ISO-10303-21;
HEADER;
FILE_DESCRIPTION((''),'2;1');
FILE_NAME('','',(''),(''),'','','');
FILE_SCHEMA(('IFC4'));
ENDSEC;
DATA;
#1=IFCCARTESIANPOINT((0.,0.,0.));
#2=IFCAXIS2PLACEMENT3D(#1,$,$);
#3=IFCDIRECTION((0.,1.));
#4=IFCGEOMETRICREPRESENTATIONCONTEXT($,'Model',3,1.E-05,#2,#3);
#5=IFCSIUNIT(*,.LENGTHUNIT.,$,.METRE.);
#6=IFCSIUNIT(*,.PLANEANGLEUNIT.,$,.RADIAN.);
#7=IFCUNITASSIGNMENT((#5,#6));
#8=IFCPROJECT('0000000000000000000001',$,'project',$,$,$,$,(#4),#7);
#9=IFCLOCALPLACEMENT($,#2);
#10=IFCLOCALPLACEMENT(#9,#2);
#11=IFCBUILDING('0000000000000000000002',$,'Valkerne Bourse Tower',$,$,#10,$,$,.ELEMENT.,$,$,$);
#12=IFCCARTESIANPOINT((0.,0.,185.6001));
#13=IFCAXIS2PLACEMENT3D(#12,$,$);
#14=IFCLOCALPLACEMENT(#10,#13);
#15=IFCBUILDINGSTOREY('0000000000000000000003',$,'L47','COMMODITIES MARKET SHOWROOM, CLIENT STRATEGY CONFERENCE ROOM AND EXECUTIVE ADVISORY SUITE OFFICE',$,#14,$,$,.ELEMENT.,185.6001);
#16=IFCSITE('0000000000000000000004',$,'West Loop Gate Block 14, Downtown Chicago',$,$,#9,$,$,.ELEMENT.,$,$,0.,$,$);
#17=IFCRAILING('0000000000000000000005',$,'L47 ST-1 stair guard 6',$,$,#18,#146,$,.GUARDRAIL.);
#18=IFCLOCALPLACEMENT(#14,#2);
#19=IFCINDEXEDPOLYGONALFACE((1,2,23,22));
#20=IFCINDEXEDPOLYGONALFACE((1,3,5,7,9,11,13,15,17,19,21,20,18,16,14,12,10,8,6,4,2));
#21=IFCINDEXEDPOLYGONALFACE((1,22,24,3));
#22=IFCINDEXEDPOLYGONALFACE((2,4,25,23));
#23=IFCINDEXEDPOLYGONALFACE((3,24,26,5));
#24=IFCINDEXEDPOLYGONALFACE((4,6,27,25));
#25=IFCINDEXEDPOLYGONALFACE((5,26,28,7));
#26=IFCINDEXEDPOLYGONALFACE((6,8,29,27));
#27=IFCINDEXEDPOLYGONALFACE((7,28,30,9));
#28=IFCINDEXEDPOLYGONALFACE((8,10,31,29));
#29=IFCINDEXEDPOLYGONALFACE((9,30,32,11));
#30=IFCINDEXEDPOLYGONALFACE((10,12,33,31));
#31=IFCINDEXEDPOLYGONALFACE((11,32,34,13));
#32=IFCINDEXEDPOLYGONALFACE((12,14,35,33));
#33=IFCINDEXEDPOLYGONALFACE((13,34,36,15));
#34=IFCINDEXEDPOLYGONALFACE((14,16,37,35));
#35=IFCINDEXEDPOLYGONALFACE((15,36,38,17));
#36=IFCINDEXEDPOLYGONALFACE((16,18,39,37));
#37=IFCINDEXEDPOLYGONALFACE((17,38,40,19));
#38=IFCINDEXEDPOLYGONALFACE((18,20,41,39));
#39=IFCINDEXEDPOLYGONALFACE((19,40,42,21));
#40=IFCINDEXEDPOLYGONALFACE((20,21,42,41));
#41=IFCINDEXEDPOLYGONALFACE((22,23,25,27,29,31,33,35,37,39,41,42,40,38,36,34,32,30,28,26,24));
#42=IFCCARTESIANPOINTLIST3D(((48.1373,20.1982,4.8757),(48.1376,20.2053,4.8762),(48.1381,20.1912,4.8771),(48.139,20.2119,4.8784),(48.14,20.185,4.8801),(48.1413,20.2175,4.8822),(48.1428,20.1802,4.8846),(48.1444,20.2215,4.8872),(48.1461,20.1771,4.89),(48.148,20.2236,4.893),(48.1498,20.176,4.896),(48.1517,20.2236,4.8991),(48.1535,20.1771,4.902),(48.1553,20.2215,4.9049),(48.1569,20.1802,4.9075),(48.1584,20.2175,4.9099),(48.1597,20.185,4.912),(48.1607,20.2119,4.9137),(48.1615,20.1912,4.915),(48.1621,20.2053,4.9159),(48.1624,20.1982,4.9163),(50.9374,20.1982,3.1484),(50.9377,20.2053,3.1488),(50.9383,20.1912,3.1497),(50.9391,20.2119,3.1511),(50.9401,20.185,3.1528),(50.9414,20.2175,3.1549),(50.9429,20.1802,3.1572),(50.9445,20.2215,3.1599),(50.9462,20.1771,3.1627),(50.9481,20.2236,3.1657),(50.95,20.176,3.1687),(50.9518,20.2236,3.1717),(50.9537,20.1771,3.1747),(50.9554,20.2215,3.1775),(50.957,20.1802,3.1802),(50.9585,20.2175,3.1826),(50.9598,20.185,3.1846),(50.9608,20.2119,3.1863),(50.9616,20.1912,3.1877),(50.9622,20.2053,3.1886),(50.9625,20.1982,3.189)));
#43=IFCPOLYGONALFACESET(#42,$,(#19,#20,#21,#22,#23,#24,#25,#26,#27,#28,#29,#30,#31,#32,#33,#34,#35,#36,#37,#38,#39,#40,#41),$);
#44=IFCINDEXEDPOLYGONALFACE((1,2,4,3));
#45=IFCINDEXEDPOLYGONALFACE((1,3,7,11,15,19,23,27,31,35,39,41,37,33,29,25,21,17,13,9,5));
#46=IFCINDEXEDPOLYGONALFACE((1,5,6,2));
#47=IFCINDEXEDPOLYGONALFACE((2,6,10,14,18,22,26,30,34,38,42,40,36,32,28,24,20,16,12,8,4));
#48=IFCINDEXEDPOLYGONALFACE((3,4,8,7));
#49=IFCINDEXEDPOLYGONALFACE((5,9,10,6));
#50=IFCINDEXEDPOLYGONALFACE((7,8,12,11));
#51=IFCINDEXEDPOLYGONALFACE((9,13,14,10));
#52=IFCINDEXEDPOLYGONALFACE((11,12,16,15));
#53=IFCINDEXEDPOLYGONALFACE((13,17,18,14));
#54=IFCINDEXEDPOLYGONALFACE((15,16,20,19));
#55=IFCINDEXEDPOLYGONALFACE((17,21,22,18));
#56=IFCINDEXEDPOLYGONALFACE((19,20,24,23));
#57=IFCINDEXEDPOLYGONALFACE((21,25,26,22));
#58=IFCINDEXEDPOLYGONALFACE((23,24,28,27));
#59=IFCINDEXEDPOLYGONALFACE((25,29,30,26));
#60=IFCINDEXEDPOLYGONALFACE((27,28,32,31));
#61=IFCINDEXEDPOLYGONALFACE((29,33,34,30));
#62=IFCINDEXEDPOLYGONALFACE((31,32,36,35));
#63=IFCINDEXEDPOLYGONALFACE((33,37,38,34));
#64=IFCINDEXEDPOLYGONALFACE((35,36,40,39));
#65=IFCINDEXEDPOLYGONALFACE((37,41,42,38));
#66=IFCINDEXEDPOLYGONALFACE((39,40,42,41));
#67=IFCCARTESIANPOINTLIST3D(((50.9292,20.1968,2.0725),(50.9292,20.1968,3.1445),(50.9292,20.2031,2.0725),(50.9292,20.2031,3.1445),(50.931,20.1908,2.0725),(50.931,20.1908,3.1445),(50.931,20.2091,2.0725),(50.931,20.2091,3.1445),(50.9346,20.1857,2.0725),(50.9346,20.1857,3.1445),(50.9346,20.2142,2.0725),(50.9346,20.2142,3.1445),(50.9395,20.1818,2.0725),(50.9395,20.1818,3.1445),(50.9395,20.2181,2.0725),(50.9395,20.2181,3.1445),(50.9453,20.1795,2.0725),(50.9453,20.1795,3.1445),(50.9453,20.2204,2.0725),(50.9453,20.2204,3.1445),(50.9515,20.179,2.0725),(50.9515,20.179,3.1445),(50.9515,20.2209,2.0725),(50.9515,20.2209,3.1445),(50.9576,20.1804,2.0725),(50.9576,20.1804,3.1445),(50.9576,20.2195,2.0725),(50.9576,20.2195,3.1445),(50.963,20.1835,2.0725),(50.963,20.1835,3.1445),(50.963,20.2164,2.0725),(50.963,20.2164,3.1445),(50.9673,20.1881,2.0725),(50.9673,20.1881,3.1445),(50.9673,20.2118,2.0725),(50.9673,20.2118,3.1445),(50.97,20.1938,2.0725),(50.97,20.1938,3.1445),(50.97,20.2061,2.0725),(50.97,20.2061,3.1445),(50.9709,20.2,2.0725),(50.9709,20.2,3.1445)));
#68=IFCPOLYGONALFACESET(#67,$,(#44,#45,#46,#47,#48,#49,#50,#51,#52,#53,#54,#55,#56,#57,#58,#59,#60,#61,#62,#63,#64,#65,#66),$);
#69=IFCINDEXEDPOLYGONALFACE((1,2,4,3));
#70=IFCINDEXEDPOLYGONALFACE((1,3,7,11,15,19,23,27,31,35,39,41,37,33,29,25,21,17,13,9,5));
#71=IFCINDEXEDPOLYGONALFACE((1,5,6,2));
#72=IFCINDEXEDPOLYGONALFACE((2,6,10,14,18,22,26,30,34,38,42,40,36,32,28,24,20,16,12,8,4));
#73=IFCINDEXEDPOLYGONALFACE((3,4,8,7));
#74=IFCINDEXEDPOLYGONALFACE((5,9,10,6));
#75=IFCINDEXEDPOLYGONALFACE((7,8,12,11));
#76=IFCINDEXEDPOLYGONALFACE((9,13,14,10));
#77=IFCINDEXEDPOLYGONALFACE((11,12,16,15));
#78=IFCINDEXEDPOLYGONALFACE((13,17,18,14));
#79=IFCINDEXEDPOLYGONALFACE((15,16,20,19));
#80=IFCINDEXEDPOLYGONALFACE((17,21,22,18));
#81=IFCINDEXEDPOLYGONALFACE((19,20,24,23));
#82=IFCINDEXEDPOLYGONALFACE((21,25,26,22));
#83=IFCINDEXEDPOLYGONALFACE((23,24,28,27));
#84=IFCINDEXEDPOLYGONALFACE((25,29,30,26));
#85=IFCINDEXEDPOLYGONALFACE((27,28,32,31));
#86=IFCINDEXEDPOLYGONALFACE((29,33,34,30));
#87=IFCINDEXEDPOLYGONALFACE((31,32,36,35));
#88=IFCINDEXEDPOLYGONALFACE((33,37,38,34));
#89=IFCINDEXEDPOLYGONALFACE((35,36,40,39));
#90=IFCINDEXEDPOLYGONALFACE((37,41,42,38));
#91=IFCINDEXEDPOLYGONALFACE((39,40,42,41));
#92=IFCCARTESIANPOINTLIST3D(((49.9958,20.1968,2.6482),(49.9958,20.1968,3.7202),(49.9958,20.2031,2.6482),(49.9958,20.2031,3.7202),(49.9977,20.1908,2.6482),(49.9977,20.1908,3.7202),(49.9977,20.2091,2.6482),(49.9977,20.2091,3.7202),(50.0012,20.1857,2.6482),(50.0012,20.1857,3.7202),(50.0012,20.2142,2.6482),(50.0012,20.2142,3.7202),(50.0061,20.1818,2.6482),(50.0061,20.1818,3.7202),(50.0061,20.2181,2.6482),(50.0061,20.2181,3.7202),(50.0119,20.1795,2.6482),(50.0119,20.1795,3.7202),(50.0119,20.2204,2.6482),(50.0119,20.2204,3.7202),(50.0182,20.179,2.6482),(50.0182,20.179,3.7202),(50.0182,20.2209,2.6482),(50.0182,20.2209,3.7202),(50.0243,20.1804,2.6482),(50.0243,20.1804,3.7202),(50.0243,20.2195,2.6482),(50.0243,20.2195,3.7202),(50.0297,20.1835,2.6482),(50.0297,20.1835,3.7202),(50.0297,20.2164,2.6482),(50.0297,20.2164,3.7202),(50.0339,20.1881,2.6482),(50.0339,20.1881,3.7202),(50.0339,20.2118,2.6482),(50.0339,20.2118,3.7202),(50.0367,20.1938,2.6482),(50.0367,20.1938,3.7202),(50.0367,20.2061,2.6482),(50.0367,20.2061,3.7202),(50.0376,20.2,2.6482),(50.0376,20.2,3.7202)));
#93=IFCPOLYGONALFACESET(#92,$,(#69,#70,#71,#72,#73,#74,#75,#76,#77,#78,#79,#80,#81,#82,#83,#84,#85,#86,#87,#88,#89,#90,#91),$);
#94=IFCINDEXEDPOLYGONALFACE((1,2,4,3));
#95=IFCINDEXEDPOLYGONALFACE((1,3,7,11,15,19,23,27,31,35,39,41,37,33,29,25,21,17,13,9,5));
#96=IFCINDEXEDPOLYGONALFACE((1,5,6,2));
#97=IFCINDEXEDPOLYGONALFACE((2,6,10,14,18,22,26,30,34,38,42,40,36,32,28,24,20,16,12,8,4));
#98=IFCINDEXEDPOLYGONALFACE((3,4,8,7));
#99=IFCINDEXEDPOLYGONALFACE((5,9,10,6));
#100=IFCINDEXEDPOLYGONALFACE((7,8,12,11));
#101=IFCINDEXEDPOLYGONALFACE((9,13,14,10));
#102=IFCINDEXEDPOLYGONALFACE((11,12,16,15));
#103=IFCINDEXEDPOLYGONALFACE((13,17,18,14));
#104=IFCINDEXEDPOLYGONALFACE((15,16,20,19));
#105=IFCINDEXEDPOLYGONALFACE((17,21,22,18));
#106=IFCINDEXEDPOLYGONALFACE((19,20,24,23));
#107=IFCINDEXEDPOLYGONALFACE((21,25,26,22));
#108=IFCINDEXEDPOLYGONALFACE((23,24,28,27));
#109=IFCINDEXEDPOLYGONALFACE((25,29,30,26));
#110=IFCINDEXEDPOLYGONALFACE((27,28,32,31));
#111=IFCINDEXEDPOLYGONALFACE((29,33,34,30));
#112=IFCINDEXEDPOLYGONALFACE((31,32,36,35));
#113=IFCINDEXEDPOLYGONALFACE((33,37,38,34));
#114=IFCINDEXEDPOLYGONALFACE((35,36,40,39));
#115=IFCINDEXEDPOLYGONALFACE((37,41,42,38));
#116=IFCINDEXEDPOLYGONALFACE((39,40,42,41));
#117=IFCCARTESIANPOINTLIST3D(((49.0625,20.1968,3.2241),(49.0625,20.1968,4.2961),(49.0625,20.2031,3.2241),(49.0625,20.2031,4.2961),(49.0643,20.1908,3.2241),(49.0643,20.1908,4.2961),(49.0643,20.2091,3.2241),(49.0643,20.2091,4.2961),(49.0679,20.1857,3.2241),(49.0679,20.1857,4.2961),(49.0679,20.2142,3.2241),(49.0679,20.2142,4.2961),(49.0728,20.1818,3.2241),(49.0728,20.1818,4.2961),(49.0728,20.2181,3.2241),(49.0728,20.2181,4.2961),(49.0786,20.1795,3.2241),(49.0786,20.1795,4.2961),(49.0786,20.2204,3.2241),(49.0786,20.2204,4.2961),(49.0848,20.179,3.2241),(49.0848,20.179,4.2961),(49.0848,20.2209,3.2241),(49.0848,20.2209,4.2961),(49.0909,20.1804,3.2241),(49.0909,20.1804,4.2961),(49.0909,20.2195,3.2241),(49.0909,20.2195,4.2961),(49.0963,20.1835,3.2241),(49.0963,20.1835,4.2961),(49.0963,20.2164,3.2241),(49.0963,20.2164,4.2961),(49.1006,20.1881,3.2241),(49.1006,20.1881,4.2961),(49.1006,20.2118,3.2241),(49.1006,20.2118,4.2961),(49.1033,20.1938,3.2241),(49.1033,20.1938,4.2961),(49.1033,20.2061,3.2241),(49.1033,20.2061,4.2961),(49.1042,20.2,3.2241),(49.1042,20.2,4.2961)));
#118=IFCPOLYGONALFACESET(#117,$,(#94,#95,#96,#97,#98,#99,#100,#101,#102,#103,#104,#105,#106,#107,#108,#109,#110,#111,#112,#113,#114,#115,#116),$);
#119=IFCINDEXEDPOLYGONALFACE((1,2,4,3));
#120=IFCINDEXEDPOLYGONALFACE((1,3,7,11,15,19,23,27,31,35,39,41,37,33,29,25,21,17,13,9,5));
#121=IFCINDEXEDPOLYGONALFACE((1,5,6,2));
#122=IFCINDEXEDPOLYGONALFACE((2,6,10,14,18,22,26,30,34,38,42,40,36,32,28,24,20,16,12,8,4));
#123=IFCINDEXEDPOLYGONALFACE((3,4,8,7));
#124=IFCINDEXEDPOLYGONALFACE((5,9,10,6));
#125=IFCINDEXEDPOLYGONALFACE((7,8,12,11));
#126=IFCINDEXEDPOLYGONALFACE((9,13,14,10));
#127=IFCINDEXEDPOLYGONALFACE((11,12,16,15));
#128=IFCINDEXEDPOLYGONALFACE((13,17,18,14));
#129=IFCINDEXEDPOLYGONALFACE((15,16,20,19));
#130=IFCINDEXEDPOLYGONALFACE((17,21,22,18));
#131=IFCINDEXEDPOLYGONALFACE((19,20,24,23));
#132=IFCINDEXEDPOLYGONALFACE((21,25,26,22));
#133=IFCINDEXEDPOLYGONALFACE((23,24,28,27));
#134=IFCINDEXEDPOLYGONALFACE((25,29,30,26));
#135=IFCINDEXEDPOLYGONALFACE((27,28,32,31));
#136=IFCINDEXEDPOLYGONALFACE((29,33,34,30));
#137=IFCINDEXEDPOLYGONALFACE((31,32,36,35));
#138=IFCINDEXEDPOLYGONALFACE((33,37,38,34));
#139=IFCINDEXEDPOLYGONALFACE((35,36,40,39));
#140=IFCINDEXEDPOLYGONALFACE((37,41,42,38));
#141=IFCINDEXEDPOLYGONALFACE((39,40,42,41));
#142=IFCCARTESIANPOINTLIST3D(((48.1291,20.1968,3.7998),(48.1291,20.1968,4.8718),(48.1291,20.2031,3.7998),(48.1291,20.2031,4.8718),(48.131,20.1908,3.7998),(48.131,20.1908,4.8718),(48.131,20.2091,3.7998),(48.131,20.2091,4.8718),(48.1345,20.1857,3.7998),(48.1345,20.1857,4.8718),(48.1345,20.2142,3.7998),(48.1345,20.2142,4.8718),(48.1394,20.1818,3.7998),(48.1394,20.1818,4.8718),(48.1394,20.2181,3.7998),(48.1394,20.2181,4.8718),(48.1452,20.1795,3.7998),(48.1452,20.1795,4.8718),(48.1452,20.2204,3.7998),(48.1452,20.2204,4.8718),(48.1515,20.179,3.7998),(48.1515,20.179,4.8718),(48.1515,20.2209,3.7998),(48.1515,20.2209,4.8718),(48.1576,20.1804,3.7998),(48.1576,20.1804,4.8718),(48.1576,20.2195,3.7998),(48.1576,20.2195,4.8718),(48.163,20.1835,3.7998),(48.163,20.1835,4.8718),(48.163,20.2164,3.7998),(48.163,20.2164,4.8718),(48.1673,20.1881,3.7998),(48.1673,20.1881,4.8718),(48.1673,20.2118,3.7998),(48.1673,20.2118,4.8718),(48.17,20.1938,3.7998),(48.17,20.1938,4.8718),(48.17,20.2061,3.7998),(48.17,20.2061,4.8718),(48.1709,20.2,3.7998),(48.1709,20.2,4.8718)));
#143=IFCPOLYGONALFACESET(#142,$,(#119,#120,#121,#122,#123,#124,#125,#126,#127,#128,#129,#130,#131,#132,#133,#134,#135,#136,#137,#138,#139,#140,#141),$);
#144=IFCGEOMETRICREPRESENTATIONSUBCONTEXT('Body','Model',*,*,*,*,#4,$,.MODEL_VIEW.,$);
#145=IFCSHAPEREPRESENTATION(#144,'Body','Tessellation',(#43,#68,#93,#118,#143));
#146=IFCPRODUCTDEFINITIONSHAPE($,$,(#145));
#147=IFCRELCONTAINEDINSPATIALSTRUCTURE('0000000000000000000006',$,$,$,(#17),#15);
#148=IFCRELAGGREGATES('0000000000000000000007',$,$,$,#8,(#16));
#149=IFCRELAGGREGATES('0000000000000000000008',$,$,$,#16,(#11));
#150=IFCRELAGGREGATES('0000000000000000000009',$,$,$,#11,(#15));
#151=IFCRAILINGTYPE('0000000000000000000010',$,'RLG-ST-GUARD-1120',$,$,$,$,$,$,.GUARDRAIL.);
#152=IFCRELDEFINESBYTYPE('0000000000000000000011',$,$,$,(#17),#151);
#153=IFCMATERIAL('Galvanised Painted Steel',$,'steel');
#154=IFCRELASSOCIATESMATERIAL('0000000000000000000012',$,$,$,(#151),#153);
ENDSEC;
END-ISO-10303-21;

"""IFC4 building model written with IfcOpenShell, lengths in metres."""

from ifc_helpers import new_model, si_unit, direction, frame, origin, origin_2d, place, context, subcontext, project, spatial, circle, extrude, material, type_object, element, save


model = new_model("IFC4")

# Units and contexts
model_context = context("Model", 3, precision=1e-05, world=origin(), true_north=direction((0.0, 1.0)))
body_context = subcontext(model_context, "Body", "Model", "MODEL_VIEW")
ifc_project = project(units=[si_unit("LENGTHUNIT", "METRE"), si_unit("PLANEANGLEUNIT", "RADIAN")], contexts=[model_context])

# Site, building, storey
site_placement = place(None, origin())
site = spatial("IfcSite", under=ifc_project, at=site_placement, Name="West Loop Gate Block 14, Downtown Chicago", CompositionType="ELEMENT", RefElevation=0.0)
building_placement = place(site_placement, origin())
building = spatial("IfcBuilding", under=site, at=building_placement, Name="Valkerne Bourse Tower", CompositionType="ELEMENT")
storey_placement = place(building_placement, frame((0.0, 0.0, 185.6001)))
storey = spatial("IfcBuildingStorey", under=building, at=storey_placement, Name="L47", Description="COMMODITIES MARKET SHOWROOM, CLIENT STRATEGY CONFERENCE ROOM AND EXECUTIVE ADVISORY SUITE OFFICE", CompositionType="ELEMENT", Elevation=185.6001)

# Shared definitions
ifc_material_1 = material(Name="Galvanised Painted Steel", Category="steel")

# Railing
railing_type_1 = type_object("IfcRailingType", Name="RLG-ST-GUARD-1120", PredefinedType="GUARDRAIL", material=ifc_material_1)
railing_1_placement = place(storey_placement, frame((50.95, 20.2, 2.0725)))
element("IfcRailing", 1, at=railing_1_placement, inside=storey, type_object=railing_type_1, Name="L47 ST-1 stair guard 6", PredefinedType="GUARDRAIL", context=body_context, shape_type="SweptSolid", body=[
    extrude(circle(Radius=0.0239, at=origin_2d()), frame((0.0, 0.0, 1.0962), z_axis=(-0.85109, 0.0, 0.52502), x_axis=(0.0, -1.0, 0.0)), (0.0, 0.0, 1.0), 3.29),
    extrude(circle(Radius=0.021, at=origin_2d()), origin(), (0.0, 0.0, 1.0), 1.072),
    extrude(circle(Radius=0.021, at=origin_2d()), frame((-0.9333, 0.0, 0.5757)), (0.0, 0.0, 1.0), 1.072),
    extrude(circle(Radius=0.021, at=origin_2d()), frame((-1.8667, 0.0, 1.1516)), (0.0, 0.0, 1.0), 1.072),
    extrude(circle(Radius=0.021, at=origin_2d()), frame((-2.8, 0.0, 1.7273)), (0.0, 0.0, 1.0), 1.072),
])

save(model, "model.ifc")
